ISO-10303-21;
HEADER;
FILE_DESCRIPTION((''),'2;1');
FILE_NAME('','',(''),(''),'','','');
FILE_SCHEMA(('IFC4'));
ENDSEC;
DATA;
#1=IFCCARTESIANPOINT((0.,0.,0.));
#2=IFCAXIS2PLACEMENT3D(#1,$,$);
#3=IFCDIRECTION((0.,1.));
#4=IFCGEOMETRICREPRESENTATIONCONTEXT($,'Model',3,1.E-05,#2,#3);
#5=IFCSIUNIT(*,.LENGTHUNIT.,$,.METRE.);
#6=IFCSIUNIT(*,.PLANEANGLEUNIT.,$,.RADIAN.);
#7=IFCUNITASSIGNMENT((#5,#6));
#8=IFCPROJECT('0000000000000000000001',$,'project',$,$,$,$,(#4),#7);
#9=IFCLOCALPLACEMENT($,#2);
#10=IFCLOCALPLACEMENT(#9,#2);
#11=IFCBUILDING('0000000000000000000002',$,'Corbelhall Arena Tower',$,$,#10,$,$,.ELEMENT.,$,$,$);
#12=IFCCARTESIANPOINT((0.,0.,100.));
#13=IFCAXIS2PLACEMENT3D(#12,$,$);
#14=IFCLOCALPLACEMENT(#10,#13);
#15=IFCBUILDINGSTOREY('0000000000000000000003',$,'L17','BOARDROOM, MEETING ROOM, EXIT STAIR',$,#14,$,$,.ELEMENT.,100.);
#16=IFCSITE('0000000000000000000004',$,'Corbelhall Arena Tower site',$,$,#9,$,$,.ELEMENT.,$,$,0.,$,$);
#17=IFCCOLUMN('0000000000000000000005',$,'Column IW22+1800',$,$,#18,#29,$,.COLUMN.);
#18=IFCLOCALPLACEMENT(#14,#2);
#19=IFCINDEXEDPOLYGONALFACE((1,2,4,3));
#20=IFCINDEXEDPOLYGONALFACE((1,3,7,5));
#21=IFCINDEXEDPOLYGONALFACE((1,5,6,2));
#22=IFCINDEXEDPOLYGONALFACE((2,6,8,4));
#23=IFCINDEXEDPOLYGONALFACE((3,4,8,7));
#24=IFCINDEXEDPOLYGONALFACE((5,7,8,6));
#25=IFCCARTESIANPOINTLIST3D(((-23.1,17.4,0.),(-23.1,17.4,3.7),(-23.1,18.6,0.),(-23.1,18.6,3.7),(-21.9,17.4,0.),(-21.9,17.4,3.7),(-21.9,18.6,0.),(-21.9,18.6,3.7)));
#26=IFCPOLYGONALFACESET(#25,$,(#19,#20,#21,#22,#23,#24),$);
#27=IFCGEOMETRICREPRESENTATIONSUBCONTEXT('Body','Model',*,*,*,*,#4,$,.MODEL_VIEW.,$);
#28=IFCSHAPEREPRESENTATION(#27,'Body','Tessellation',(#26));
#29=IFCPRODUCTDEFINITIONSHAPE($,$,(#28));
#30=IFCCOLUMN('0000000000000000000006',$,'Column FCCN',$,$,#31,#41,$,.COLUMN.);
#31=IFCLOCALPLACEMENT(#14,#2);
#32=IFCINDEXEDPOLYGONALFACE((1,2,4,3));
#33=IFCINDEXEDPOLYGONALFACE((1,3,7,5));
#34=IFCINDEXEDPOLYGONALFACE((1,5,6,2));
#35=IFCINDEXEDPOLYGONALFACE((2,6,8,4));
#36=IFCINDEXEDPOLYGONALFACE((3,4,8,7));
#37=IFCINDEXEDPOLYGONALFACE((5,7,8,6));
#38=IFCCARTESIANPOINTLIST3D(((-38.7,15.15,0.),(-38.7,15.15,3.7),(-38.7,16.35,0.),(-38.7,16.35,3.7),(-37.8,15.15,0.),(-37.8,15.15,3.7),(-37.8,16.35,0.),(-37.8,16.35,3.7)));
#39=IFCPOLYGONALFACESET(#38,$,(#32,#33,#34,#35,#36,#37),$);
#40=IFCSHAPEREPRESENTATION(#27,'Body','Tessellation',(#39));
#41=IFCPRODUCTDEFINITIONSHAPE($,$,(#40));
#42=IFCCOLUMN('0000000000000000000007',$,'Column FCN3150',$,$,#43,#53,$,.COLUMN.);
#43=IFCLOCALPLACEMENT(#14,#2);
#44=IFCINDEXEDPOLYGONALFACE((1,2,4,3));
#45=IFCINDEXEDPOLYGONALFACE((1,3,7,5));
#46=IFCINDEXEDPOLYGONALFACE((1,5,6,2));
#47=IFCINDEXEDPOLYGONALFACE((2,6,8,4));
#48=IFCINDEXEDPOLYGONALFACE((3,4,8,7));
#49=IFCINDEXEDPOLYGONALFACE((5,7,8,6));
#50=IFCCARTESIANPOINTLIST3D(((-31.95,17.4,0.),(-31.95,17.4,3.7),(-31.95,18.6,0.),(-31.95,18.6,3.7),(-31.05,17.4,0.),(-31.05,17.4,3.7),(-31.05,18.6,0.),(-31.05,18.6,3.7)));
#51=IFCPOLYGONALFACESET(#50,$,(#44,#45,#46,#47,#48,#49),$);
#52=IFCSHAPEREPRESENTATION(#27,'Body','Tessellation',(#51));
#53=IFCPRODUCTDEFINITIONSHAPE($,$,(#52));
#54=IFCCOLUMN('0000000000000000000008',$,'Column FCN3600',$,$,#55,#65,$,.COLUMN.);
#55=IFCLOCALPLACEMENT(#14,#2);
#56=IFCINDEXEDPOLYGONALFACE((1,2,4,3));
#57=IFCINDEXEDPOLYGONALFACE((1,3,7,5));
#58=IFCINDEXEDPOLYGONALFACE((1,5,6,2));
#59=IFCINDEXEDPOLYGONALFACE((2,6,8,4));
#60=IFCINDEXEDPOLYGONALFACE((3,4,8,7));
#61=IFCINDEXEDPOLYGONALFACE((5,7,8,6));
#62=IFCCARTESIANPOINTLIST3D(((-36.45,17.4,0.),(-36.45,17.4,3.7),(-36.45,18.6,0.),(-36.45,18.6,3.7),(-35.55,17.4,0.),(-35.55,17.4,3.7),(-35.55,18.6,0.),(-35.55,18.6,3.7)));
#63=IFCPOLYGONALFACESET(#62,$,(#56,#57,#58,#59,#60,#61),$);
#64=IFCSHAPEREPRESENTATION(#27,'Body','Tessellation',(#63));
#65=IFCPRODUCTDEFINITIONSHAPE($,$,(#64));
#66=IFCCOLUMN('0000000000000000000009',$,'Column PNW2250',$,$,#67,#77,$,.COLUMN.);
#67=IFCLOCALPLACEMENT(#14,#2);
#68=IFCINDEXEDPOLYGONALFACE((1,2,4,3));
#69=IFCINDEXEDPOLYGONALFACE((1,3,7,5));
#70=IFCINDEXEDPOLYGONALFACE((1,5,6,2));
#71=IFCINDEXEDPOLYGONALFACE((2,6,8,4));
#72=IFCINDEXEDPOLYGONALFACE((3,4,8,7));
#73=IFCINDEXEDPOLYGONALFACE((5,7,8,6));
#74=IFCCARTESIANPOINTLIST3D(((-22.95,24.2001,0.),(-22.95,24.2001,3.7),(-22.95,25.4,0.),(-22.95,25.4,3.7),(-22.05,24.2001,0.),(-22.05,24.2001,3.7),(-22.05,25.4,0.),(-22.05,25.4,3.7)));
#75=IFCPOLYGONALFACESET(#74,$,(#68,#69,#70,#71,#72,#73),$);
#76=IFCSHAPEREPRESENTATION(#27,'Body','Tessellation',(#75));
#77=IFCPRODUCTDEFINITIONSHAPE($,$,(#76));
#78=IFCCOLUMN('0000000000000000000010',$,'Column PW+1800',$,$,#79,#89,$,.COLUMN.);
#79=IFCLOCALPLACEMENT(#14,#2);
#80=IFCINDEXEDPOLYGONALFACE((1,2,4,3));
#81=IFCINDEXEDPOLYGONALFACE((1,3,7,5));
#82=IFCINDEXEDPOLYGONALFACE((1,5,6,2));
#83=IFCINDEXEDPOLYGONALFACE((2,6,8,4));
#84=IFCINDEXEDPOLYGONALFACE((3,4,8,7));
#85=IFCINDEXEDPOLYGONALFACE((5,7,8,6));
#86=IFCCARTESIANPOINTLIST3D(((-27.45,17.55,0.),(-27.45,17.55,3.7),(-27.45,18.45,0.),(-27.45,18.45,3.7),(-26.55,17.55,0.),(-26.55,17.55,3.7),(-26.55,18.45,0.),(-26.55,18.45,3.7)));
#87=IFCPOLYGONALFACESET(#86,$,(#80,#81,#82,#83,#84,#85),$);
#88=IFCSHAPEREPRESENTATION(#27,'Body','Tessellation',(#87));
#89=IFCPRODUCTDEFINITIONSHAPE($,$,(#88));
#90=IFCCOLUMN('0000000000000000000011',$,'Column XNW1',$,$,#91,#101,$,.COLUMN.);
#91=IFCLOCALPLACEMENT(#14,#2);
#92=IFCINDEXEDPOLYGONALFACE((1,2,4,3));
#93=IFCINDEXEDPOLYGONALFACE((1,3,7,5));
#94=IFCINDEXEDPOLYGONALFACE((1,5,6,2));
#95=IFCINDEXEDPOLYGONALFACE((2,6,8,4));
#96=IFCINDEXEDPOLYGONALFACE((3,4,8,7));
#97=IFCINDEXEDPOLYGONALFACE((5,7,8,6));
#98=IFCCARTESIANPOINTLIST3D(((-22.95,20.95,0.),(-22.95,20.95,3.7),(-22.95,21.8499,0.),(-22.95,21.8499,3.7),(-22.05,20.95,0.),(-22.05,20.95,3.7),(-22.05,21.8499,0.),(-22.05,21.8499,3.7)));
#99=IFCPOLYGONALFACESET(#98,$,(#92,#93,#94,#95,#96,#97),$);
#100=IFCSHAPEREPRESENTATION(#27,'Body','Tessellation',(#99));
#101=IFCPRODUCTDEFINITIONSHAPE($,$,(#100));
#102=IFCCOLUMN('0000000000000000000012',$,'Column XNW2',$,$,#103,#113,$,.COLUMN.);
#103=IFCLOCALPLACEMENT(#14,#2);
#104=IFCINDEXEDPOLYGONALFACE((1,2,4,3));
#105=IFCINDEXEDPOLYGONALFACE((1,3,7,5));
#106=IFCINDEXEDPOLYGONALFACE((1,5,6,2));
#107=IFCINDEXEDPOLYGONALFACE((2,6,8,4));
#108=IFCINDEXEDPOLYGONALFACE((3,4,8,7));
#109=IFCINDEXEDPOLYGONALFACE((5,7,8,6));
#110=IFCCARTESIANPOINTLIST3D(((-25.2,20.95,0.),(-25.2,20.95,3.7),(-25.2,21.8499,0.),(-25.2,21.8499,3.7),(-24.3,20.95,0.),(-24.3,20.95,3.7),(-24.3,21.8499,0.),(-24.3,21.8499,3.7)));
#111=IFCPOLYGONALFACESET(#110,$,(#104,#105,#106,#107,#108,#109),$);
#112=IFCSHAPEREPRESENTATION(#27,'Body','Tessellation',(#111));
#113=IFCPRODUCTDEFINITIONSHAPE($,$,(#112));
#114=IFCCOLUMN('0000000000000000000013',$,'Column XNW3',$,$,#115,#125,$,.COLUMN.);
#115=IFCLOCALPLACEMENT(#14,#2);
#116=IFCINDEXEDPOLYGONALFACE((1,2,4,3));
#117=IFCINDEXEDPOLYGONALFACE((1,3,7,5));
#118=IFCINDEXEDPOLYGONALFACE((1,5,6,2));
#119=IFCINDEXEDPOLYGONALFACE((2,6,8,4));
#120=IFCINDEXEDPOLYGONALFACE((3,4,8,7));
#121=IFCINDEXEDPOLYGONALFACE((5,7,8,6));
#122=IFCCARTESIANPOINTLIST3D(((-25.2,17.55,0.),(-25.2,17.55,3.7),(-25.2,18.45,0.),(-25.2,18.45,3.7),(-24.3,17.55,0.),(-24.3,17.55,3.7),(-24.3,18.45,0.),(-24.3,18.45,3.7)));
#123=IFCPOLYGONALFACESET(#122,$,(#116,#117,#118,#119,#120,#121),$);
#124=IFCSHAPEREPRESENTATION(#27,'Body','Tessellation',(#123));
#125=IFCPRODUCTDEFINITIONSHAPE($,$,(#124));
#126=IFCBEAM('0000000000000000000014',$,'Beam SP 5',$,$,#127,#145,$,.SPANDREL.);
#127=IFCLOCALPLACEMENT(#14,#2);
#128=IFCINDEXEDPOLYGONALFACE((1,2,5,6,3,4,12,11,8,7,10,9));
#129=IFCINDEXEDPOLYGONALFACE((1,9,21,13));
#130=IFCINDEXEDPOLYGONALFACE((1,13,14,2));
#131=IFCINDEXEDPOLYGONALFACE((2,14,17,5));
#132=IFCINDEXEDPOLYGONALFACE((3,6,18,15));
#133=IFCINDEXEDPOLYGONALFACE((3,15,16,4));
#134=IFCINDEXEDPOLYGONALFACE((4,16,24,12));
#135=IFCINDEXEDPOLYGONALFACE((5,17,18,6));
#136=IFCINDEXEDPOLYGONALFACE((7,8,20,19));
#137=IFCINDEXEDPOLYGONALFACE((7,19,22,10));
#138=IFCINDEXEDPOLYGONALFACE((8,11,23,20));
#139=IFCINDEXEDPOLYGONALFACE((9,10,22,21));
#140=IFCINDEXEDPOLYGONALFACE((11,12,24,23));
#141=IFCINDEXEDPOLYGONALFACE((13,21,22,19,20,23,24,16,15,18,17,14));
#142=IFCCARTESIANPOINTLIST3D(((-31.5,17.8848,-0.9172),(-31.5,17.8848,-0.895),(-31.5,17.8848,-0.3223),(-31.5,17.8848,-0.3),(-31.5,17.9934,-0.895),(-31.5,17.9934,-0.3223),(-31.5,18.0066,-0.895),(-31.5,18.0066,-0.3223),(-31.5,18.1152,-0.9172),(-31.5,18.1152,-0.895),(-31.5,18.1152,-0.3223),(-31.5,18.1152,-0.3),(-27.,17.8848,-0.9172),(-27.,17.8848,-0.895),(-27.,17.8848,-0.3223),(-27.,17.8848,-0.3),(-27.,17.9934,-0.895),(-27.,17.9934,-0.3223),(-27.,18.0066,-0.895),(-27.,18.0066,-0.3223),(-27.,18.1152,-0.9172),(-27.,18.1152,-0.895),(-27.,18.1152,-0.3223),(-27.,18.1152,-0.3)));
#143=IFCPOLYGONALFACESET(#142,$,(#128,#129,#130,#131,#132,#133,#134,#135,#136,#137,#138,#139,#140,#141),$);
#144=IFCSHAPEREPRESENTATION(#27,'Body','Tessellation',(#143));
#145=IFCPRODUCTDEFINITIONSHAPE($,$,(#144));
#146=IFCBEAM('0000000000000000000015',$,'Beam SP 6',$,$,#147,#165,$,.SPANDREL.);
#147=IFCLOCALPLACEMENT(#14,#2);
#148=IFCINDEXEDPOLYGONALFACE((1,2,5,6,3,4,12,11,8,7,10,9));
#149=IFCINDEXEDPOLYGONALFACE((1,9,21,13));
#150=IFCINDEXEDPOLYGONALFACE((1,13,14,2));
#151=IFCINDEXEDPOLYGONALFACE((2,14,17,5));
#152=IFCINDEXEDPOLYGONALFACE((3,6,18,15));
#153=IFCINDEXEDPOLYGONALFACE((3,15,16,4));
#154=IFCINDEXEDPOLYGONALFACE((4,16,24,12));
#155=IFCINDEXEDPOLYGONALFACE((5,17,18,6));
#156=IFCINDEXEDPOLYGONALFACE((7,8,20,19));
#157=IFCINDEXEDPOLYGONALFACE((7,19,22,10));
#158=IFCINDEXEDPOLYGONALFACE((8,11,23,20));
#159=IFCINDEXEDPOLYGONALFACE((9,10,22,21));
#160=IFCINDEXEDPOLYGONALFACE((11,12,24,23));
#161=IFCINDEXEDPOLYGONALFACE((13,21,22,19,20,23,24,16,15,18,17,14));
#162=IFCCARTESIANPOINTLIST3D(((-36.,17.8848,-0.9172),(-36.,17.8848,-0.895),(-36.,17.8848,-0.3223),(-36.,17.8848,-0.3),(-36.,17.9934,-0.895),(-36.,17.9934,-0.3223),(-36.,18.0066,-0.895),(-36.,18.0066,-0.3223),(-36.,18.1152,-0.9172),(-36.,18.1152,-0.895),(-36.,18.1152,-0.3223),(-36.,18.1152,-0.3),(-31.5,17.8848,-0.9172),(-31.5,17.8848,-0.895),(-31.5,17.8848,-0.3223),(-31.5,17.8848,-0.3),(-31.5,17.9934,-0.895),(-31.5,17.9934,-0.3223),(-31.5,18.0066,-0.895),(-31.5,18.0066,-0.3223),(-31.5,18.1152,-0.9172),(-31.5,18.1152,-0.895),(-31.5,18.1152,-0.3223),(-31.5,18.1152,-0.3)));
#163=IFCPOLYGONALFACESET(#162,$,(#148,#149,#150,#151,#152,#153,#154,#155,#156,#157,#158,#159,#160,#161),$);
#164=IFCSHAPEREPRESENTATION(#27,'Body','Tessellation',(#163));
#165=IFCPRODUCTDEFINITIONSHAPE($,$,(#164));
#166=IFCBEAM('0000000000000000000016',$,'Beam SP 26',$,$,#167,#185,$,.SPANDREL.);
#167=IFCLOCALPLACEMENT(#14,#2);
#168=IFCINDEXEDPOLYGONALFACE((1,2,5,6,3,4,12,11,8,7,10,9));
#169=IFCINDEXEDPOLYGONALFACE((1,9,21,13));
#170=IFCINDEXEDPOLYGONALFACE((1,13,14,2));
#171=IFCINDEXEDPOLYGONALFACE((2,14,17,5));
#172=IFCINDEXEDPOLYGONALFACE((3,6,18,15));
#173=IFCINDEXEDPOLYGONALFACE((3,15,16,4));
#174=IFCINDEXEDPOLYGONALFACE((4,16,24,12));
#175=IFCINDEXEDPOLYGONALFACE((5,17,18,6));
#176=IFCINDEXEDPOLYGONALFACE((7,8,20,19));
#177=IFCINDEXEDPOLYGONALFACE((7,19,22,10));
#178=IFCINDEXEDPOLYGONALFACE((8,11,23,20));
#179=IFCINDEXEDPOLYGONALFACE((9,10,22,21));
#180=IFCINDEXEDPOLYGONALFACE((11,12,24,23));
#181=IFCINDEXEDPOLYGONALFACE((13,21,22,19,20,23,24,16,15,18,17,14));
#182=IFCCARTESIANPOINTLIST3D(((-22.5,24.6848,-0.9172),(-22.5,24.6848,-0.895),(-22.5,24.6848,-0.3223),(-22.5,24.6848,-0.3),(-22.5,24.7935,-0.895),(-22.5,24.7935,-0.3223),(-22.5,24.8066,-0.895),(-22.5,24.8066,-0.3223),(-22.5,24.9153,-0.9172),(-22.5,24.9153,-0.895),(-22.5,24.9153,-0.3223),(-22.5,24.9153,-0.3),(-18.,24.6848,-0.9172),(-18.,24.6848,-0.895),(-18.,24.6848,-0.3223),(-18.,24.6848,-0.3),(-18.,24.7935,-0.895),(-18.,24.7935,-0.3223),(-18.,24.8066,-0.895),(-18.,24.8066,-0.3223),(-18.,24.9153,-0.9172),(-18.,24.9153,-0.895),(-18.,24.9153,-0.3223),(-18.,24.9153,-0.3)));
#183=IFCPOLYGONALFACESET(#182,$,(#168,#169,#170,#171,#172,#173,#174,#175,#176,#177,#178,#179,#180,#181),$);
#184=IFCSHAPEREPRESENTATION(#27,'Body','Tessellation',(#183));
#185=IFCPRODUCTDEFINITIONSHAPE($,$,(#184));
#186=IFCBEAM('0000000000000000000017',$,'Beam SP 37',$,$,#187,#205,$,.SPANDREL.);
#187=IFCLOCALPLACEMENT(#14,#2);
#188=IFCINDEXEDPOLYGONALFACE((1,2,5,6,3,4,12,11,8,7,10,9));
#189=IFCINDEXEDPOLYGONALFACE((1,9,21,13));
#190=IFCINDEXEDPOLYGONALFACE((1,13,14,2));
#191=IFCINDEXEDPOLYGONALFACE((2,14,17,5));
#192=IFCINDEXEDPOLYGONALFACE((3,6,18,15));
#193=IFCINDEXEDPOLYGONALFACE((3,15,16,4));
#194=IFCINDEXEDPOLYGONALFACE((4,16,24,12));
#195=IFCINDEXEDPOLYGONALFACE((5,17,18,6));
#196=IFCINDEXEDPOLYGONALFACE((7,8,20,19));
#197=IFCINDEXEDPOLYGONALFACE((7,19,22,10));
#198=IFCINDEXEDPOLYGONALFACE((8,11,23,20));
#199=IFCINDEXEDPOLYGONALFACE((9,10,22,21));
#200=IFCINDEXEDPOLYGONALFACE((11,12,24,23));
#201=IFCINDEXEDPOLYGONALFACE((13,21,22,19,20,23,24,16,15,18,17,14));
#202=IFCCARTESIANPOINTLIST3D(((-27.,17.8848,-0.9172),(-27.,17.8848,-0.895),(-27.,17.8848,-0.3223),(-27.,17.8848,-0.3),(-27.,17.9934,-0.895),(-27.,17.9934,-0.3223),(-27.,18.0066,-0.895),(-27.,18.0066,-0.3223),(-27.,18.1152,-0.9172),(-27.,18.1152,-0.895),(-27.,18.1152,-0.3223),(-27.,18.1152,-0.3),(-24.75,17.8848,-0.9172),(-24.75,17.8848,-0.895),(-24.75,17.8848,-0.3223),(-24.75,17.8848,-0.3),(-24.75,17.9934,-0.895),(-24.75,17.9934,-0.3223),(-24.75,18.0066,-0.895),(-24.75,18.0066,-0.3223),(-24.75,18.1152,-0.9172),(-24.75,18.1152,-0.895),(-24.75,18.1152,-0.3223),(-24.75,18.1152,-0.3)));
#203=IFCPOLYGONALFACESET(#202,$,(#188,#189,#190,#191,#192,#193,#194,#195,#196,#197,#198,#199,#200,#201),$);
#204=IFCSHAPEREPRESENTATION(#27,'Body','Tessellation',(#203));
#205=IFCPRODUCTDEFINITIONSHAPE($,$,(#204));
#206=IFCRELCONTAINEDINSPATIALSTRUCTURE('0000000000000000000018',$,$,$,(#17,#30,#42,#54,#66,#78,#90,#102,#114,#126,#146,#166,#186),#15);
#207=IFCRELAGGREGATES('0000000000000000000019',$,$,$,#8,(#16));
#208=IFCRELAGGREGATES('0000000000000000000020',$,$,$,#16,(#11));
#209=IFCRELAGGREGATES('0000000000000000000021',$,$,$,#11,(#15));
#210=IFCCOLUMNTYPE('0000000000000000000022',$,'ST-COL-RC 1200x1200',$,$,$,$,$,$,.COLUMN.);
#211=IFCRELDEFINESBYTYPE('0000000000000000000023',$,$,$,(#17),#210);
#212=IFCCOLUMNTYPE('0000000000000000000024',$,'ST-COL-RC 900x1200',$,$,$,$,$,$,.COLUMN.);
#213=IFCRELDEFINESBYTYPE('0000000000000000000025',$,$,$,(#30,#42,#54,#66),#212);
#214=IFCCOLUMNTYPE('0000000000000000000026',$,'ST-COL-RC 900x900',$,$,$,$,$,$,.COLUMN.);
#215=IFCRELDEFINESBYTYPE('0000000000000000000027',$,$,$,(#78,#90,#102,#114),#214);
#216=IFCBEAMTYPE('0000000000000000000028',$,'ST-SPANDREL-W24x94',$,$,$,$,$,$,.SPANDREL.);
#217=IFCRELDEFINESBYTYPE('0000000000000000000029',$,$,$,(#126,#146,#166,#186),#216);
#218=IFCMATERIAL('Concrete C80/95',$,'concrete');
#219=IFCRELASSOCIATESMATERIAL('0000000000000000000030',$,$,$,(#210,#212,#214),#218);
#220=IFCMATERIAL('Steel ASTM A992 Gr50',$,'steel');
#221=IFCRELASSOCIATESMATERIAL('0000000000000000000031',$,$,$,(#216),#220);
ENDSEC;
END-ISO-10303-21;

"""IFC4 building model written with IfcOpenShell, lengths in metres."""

from ifc_helpers import new_model, si_unit, direction, frame, origin, origin_2d, place, context, subcontext, project, spatial, rectangle, i_section, extrude, material, material_profile, profile_set, type_object, element, save


model = new_model("IFC4")

# Units and contexts
model_context = context("Model", 3, precision=1e-05, world=origin(), true_north=direction((0.0, 1.0)))
body_context = subcontext(model_context, "Body", "Model", "MODEL_VIEW")
ifc_project = project(units=[si_unit("LENGTHUNIT", "METRE"), si_unit("PLANEANGLEUNIT", "RADIAN")], contexts=[model_context])

# Site, building, storey
site_placement = place(None, origin())
site = spatial("IfcSite", under=ifc_project, at=site_placement, Name="Corbelhall Arena Tower site", CompositionType="ELEMENT", RefElevation=0.0)
building_placement = place(site_placement, origin())
building = spatial("IfcBuilding", under=site, at=building_placement, Name="Corbelhall Arena Tower", CompositionType="ELEMENT")
storey_placement = place(building_placement, frame((0.0, 0.0, 100.0)))
storey = spatial("IfcBuildingStorey", under=building, at=storey_placement, Name="L17", Description="BOARDROOM, MEETING ROOM, EXIT STAIR", CompositionType="ELEMENT", Elevation=100.0)

# Columns
ifc_material_1 = material(Name="Concrete C80/95", Category="concrete")
ifc_material_profile_1 = material_profile(ifc_material_1, rectangle(XDim=1.2, YDim=1.2, at=origin_2d()))
ifc_profile_set_1 = profile_set([ifc_material_profile_1], Name="Concrete C80/95")
column_type_1 = type_object("IfcColumnType", Name="ST-COL-RC 1200x1200", PredefinedType="COLUMN", material=ifc_profile_set_1)
column_placement = place(storey_placement, frame((-22.5, 18.0, 0.0), z_axis=(0.0, 0.0, 1.0), x_axis=(1.0, 0.0, 0.0)))
element("IfcColumn", 1, at=column_placement, inside=storey, type_object=column_type_1, Name="Column IW22+1800", PredefinedType="COLUMN", context=body_context, shape_type="SweptSolid", body=[
    extrude(rectangle(XDim=1.2, YDim=1.2, at=origin_2d()), origin(), (0.0, 0.0, 1.0), 3.7),
])
ifc_material_profile_2 = material_profile(ifc_material_1, rectangle(XDim=0.8999, YDim=1.2, at=origin_2d()))
ifc_profile_set_2 = profile_set([ifc_material_profile_2], Name="Concrete C80/95")
column_type_2 = type_object("IfcColumnType", Name="ST-COL-RC 900x1200", PredefinedType="COLUMN", material=ifc_profile_set_2)
for number, where, z_axis, x_axis, name in (
    (2, (-38.25, 15.75, 0.0), (0.0, 0.0, 1.0), (1.0, 0.0, 0.0), "Column FCCN"),
    (3, (-31.5, 18.0, 0.0), (0.0, 0.0, 1.0), (1.0, 0.0, 0.0), "Column FCN3150"),
    (4, (-36.0, 18.0, 0.0), (0.0, 0.0, 1.0), (1.0, 0.0, 0.0), "Column FCN3600"),
    (5, (-22.5, 24.8, 0.0), (0.0, 0.0, 1.0), (1.0, 0.0, 0.0), "Column PNW2250"),
):
    element("IfcColumn", number, at=place(storey_placement, frame(where, z_axis=z_axis, x_axis=x_axis)), inside=storey, type_object=column_type_2, Name=name, PredefinedType="COLUMN", context=body_context, shape_type="SweptSolid", body=[
        extrude(rectangle(XDim=0.8999, YDim=1.2, at=origin_2d()), origin(), (0.0, 0.0, 1.0), 3.7),
    ])
ifc_material_profile_3 = material_profile(ifc_material_1, rectangle(XDim=0.8999, YDim=0.8999, at=origin_2d()))
ifc_profile_set_3 = profile_set([ifc_material_profile_3], Name="Concrete C80/95")
column_type_3 = type_object("IfcColumnType", Name="ST-COL-RC 900x900", PredefinedType="COLUMN", material=ifc_profile_set_3)
for number, where, z_axis, x_axis, name in (
    (6, (-27.0, 18.0, 0.0), (0.0, 0.0, 1.0), (1.0, 0.0, 0.0), "Column PW+1800"),
    (7, (-22.5, 21.3999, 0.0), (0.0, 0.0, 1.0), (1.0, 0.0, 0.0), "Column XNW1"),
    (8, (-24.75, 21.3999, 0.0), (0.0, 0.0, 1.0), (1.0, 0.0, 0.0), "Column XNW2"),
    (9, (-24.75, 18.0, 0.0), (0.0, 0.0, 1.0), (1.0, 0.0, 0.0), "Column XNW3"),
):
    element("IfcColumn", number, at=place(storey_placement, frame(where, z_axis=z_axis, x_axis=x_axis)), inside=storey, type_object=column_type_3, Name=name, PredefinedType="COLUMN", context=body_context, shape_type="SweptSolid", body=[
        extrude(rectangle(XDim=0.8999, YDim=0.8999, at=origin_2d()), origin(), (0.0, 0.0, 1.0), 3.7),
    ])

# Beams
ifc_material_2 = material(Name="Steel ASTM A992 Gr50", Category="steel")
ifc_material_profile_4 = material_profile(ifc_material_2, i_section(OverallWidth=0.2305, OverallDepth=0.6172, WebThickness=0.0132, FlangeThickness=0.0222, at=origin_2d()))
ifc_profile_set_4 = profile_set([ifc_material_profile_4], Name="Steel ASTM A992 Gr50")
beam_type = type_object("IfcBeamType", Name="ST-SPANDREL-W24x94", PredefinedType="SPANDREL", material=ifc_profile_set_4)
for number, where, z_axis, x_axis, name in (
    (10, (-31.5, 18.0, -0.6086), (1.0, 0.0, 0.0), (0.0, 1.0, 0.0), "Beam SP 5"),
    (11, (-36.0, 18.0, -0.6086), (1.0, 0.0, 0.0), (0.0, 1.0, 0.0), "Beam SP 6"),
    (12, (-22.5, 24.8, -0.6086), (1.0, 0.0, 0.0), (0.0, 1.0, 0.0), "Beam SP 26"),
):
    element("IfcBeam", number, at=place(storey_placement, frame(where, z_axis=z_axis, x_axis=x_axis)), inside=storey, type_object=beam_type, Name=name, PredefinedType="SPANDREL", context=body_context, shape_type="SweptSolid", body=[
        extrude(i_section(OverallWidth=0.2305, OverallDepth=0.6172, WebThickness=0.0132, FlangeThickness=0.0222, at=origin_2d()), origin(), (0.0, 0.0, 1.0), 4.5),
    ])
beam_1_placement = place(storey_placement, frame((-27.0, 18.0, -0.6086), z_axis=(1.0, 0.0, 0.0), x_axis=(0.0, 1.0, 0.0)))
element("IfcBeam", 13, at=beam_1_placement, inside=storey, type_object=beam_type, Name="Beam SP 37", PredefinedType="SPANDREL", context=body_context, shape_type="SweptSolid", body=[
    extrude(i_section(OverallWidth=0.2305, OverallDepth=0.6172, WebThickness=0.0132, FlangeThickness=0.0222, at=origin_2d()), origin(), (0.0, 0.0, 1.0), 2.25),
])

save(model, "model.ifc")
